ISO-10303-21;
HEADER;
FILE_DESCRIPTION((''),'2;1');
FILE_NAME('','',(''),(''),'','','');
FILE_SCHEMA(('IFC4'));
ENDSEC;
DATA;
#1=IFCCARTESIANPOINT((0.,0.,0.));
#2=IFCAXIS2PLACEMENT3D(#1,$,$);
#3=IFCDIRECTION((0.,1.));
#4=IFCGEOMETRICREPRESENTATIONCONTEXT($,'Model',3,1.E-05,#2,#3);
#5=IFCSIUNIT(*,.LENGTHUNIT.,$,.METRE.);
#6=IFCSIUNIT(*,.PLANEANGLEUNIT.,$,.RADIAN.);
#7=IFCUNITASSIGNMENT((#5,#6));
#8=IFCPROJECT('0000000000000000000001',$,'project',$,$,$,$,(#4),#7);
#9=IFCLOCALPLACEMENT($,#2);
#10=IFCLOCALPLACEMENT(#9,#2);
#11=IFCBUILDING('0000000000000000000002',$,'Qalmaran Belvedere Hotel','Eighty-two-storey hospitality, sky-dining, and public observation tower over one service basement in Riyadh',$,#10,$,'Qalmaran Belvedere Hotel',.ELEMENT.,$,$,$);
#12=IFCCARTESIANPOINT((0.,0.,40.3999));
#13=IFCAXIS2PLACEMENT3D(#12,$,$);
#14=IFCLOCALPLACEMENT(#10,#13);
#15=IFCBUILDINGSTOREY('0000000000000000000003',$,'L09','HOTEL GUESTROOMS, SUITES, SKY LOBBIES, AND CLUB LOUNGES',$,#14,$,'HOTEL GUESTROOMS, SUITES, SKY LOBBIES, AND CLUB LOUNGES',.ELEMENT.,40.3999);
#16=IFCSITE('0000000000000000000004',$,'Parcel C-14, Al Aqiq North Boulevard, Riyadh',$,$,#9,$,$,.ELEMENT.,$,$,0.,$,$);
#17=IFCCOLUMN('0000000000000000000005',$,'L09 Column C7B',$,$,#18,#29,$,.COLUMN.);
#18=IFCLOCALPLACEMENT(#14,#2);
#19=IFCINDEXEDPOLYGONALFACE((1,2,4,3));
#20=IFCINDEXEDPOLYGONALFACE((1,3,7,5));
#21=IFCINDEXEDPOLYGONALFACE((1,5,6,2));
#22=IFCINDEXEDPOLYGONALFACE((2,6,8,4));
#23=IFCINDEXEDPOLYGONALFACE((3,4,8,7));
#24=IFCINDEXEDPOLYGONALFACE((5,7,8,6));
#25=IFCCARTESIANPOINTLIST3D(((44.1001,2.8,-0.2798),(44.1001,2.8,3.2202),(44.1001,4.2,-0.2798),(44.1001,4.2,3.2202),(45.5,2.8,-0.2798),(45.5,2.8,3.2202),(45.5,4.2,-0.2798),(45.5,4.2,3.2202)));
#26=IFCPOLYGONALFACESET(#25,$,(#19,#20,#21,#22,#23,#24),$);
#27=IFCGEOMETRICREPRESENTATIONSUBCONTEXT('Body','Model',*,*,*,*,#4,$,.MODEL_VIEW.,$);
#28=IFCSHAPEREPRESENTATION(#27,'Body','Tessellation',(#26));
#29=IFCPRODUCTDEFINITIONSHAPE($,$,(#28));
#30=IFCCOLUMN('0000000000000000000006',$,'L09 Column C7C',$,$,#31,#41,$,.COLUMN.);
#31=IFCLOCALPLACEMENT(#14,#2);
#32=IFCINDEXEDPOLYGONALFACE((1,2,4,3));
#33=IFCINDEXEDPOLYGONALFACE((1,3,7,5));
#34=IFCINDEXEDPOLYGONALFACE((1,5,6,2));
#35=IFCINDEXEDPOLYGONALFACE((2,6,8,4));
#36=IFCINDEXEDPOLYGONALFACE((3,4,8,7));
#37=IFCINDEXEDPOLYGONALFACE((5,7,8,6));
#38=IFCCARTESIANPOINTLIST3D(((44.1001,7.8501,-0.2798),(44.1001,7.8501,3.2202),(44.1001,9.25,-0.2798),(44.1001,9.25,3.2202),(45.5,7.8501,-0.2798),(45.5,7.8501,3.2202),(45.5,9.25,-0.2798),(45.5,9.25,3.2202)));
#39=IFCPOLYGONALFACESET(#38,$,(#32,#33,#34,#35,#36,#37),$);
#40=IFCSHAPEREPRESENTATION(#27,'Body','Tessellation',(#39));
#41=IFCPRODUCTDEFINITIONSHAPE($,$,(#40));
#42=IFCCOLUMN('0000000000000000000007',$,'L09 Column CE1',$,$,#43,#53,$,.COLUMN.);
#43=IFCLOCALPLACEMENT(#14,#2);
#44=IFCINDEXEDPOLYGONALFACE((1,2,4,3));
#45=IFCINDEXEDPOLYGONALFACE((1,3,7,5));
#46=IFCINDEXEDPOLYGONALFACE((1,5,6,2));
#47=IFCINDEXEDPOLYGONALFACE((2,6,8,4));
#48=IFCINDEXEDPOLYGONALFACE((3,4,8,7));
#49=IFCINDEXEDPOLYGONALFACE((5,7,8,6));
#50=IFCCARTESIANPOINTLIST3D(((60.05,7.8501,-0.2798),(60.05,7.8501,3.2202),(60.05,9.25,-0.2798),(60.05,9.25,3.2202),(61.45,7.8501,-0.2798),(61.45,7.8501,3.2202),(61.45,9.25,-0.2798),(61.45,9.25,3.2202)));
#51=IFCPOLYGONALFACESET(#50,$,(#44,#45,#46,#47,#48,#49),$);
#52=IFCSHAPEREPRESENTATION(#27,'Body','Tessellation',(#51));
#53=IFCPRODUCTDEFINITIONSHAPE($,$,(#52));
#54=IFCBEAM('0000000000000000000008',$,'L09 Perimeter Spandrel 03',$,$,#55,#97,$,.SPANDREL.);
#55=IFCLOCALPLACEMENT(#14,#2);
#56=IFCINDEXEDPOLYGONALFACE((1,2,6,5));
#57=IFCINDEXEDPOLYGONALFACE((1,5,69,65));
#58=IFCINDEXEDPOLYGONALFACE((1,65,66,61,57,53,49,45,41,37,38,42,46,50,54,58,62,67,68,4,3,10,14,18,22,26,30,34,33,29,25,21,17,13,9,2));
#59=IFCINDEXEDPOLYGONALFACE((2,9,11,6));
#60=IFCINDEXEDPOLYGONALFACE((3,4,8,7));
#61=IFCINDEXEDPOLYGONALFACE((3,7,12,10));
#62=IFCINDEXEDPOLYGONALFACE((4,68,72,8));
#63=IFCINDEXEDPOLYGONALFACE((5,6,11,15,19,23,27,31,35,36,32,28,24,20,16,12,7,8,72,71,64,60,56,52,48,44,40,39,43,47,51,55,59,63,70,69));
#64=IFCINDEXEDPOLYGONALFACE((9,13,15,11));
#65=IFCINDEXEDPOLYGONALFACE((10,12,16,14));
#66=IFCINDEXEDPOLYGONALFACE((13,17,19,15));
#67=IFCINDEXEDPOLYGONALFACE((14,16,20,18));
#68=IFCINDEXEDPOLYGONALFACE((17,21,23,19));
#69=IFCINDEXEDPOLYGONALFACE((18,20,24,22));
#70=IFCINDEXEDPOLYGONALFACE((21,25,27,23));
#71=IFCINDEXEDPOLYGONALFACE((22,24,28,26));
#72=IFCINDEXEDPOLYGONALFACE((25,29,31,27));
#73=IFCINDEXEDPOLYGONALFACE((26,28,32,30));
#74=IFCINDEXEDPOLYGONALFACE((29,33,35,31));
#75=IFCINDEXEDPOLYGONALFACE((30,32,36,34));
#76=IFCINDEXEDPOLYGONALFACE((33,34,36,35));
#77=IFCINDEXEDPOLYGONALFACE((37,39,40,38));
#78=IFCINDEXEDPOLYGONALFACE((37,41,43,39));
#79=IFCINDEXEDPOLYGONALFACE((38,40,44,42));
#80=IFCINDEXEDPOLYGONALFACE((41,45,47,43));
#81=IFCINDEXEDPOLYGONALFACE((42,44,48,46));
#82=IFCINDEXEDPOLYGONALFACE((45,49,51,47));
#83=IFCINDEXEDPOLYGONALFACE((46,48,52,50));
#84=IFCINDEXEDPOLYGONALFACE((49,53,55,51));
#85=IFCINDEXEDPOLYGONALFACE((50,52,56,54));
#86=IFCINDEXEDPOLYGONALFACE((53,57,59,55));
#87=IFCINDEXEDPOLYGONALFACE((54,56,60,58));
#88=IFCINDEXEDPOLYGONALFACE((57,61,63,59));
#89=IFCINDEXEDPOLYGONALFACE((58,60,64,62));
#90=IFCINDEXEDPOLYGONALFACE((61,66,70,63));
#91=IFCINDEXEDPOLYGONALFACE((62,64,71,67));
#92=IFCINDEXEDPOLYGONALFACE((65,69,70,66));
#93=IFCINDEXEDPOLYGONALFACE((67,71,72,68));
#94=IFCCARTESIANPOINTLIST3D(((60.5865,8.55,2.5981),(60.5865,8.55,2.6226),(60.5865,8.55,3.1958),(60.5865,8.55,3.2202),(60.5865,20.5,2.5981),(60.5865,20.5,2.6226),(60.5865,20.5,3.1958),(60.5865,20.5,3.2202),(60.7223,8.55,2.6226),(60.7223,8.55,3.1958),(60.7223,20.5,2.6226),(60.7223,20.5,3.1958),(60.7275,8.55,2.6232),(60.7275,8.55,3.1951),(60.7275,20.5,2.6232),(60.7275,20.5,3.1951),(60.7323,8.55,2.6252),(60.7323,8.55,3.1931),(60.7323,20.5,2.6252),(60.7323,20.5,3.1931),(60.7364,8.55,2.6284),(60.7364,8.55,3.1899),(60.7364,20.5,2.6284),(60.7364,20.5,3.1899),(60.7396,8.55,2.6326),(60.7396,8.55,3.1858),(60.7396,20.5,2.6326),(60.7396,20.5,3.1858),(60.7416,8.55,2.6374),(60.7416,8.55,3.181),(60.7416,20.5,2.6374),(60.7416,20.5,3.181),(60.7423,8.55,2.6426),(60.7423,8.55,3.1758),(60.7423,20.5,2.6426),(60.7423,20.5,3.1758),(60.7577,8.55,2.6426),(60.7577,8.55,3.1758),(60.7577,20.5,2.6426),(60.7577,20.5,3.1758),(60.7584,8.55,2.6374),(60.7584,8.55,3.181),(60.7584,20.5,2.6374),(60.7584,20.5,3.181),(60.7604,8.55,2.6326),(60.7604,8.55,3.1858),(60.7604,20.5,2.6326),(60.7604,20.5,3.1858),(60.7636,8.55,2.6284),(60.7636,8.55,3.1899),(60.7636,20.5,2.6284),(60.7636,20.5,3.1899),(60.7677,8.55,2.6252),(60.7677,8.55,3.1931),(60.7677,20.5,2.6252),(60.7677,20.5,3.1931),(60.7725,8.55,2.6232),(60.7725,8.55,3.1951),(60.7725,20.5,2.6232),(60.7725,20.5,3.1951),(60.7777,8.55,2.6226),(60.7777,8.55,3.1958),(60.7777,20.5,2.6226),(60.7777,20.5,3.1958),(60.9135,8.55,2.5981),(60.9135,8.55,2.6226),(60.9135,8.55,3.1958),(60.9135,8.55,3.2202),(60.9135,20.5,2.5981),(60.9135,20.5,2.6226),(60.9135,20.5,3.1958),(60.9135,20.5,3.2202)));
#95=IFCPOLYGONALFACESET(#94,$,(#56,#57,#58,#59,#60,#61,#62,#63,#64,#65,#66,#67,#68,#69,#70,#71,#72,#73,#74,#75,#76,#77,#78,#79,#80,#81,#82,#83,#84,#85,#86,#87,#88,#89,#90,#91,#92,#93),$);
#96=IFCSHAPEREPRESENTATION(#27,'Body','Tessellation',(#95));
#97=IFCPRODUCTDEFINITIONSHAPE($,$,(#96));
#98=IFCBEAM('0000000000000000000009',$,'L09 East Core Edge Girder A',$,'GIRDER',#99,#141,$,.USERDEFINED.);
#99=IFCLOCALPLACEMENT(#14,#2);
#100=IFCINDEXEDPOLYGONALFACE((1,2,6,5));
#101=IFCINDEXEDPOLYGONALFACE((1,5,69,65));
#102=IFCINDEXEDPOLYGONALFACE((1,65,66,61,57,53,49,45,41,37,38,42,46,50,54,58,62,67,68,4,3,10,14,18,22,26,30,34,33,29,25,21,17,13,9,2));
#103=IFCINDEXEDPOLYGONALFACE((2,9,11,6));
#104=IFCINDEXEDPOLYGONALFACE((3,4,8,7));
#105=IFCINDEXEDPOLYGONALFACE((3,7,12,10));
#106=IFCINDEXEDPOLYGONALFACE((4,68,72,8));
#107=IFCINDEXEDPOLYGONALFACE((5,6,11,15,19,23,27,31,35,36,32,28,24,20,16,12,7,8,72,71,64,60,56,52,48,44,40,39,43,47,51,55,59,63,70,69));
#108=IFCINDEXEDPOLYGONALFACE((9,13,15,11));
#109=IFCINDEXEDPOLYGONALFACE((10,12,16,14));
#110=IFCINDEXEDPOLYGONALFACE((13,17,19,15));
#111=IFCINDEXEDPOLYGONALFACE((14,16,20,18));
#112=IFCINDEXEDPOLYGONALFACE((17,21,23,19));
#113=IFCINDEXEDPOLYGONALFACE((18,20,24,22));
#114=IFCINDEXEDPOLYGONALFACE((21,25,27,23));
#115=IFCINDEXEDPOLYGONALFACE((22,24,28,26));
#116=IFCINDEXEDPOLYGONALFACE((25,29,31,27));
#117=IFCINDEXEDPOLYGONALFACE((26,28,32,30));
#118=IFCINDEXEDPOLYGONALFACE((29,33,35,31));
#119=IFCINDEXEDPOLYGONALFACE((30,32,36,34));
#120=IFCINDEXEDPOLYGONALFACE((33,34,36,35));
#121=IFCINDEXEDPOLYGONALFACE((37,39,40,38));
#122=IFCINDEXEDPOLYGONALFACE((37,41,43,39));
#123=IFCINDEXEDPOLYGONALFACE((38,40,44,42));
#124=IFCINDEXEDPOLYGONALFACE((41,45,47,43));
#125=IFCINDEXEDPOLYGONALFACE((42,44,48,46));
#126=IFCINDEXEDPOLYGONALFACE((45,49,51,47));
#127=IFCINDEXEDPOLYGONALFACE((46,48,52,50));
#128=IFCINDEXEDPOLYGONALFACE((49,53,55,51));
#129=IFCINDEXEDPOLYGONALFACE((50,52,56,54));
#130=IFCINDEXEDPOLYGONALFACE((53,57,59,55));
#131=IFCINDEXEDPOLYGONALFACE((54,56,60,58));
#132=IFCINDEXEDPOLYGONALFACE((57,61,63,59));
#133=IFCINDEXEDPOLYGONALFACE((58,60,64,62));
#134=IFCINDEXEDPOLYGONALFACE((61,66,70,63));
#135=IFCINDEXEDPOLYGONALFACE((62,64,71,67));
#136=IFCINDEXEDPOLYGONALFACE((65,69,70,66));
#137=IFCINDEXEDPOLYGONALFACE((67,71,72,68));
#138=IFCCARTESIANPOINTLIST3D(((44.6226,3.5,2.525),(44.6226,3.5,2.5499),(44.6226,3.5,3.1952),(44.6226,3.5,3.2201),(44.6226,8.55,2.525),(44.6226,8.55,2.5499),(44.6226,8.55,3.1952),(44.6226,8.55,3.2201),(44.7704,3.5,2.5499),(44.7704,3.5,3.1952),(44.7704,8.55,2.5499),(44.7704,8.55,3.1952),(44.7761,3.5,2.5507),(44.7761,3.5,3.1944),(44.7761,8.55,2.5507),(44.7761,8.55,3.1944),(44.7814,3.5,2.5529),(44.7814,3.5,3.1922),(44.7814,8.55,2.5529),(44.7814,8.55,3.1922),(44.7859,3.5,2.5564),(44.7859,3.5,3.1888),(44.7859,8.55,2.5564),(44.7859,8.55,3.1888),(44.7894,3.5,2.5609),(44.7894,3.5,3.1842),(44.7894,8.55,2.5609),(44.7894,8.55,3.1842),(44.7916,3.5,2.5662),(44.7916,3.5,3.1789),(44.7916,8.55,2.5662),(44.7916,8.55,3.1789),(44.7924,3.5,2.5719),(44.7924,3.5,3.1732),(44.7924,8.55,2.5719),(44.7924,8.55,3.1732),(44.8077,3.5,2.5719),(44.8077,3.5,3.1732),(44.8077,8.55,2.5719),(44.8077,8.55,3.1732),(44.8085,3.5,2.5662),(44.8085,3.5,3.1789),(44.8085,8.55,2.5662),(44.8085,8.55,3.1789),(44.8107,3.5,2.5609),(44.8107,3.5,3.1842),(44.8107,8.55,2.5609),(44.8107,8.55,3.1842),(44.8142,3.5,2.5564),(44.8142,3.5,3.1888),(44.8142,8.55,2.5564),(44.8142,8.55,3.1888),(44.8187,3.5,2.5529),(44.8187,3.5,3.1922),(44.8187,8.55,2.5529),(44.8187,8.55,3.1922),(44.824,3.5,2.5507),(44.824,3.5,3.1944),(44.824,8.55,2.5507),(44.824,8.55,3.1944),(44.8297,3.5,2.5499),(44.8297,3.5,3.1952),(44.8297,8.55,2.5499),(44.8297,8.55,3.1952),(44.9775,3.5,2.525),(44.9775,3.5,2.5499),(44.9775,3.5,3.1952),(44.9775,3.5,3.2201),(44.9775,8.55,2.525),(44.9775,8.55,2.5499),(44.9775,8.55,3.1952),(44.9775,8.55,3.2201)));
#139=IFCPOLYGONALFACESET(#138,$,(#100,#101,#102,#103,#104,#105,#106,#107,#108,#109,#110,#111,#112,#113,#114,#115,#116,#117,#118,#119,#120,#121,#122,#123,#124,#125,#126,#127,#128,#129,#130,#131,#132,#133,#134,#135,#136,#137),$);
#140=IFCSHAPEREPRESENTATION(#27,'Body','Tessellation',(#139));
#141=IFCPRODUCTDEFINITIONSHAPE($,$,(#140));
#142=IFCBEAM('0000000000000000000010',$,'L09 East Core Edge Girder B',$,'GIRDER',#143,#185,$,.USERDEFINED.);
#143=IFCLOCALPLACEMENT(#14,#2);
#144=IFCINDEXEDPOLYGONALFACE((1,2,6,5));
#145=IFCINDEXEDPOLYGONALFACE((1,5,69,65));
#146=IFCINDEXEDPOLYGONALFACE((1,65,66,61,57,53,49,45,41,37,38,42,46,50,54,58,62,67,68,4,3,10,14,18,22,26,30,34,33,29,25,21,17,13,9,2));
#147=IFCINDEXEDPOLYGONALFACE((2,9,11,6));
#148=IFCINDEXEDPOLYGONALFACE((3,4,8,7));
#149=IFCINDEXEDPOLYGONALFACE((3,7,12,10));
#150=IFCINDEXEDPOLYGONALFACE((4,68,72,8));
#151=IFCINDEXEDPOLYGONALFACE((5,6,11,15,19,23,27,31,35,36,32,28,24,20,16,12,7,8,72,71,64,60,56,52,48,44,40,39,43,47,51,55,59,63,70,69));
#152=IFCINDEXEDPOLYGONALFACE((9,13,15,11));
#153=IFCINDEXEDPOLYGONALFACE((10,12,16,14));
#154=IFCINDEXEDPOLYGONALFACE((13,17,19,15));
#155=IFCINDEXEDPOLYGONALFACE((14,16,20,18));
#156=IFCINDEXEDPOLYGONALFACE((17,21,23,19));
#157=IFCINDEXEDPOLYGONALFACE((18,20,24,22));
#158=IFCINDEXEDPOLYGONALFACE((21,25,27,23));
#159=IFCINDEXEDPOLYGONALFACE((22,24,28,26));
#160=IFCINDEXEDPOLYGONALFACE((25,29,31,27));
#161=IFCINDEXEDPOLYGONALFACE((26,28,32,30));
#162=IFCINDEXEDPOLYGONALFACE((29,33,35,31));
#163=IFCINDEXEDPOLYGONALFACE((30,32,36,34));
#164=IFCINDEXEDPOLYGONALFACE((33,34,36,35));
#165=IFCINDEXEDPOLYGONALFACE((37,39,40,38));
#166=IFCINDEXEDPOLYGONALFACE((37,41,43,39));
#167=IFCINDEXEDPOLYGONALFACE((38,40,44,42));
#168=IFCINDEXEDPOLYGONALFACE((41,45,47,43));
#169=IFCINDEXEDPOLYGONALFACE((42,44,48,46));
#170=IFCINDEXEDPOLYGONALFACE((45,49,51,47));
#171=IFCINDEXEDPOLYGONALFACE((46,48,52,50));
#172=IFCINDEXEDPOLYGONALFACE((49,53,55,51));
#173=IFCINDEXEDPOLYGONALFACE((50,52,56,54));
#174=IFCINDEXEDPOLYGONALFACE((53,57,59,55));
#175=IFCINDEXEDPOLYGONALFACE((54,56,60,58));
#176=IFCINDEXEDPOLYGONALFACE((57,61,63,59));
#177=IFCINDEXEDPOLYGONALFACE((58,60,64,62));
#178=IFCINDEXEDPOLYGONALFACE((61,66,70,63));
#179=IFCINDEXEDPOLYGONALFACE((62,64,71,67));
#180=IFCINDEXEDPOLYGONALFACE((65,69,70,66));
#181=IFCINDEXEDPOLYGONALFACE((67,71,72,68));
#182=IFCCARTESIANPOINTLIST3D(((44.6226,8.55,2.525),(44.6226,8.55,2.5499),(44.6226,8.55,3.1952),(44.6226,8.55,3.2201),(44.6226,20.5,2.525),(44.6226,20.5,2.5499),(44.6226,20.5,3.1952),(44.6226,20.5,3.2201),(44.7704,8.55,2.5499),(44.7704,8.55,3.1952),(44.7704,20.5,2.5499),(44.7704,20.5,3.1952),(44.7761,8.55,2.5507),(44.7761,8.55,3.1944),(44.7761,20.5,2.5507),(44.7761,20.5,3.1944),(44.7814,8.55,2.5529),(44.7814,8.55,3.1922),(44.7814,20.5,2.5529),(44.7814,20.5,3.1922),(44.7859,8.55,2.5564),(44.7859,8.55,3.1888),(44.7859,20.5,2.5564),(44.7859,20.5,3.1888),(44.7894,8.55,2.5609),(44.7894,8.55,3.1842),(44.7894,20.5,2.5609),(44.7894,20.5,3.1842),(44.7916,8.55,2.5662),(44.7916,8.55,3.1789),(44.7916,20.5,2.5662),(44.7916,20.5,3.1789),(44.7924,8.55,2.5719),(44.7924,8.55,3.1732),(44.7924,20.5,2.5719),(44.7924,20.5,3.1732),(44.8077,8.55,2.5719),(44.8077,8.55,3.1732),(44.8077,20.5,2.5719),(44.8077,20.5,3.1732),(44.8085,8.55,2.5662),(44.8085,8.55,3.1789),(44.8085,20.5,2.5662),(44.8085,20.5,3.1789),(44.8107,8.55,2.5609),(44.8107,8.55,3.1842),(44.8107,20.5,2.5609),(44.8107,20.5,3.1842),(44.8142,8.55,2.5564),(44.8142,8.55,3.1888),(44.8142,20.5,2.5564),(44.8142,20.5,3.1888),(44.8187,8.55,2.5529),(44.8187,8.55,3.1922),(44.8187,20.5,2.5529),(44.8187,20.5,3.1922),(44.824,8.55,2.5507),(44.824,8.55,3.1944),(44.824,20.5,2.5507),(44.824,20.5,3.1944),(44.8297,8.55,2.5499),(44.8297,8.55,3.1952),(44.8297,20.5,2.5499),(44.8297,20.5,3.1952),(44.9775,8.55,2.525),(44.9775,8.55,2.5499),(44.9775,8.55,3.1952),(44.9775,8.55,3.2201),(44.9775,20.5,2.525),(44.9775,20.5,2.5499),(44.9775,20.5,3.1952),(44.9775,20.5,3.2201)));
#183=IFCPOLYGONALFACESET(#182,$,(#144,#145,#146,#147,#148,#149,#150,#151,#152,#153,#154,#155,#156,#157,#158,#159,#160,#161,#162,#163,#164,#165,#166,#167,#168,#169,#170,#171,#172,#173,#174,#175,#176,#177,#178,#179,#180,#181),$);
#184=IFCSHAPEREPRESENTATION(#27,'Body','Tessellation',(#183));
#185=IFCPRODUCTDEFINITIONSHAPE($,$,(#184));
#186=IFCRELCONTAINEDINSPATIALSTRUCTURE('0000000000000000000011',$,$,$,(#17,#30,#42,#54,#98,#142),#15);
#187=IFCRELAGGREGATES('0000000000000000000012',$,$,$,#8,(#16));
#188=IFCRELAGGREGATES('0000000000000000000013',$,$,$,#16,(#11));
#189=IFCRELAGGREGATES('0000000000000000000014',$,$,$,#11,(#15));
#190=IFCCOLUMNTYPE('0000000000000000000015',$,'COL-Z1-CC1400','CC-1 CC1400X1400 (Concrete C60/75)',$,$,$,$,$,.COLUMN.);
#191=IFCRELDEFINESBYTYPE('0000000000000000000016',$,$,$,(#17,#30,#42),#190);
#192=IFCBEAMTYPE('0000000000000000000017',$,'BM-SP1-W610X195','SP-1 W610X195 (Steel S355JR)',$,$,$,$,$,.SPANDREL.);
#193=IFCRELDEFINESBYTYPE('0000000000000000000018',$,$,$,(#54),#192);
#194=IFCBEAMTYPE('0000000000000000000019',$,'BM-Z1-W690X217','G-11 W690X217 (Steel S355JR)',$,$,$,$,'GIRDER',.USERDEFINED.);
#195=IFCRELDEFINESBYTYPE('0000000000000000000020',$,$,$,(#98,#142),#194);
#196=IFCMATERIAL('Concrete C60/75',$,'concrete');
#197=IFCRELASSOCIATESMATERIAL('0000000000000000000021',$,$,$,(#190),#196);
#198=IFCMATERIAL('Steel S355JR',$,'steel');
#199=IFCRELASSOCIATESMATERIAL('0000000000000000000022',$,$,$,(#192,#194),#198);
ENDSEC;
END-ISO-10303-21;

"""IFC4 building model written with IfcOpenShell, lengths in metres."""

from ifc_helpers import new_model, si_unit, direction, frame, origin, origin_2d, place, context, subcontext, project, spatial, rectangle, i_section, extrude, material, material_profile, profile_set, type_object, element, save


model = new_model("IFC4")

# Units and contexts
model_context = context("Model", 3, precision=1e-05, world=origin(), true_north=direction((0.0, 1.0)))
body_context = subcontext(model_context, "Body", "Model", "MODEL_VIEW")
ifc_project = project(units=[si_unit("LENGTHUNIT", "METRE"), si_unit("PLANEANGLEUNIT", "RADIAN")], contexts=[model_context])

# Site, building, storey
site_placement = place(None, origin())
site = spatial("IfcSite", under=ifc_project, at=site_placement, Name="Parcel C-14, Al Aqiq North Boulevard, Riyadh", CompositionType="ELEMENT", RefElevation=0.0)
building_placement = place(site_placement, origin())
building = spatial("IfcBuilding", under=site, at=building_placement, Name="Qalmaran Belvedere Hotel", Description="Eighty-two-storey hospitality, sky-dining, and public observation tower over one service basement in Riyadh", LongName="Qalmaran Belvedere Hotel", CompositionType="ELEMENT")
storey_placement = place(building_placement, frame((0.0, 0.0, 40.3999)))
storey = spatial("IfcBuildingStorey", under=building, at=storey_placement, Name="L09", Description="HOTEL GUESTROOMS, SUITES, SKY LOBBIES, AND CLUB LOUNGES", LongName="HOTEL GUESTROOMS, SUITES, SKY LOBBIES, AND CLUB LOUNGES", CompositionType="ELEMENT", Elevation=40.3999)

# Columns
ifc_material_1 = material(Name="Concrete C60/75", Category="concrete")
ifc_material_profile_1 = material_profile(ifc_material_1, rectangle(XDim=1.3999, YDim=1.3999, at=origin_2d()), Name="CC1400X1400")
ifc_profile_set_1 = profile_set([ifc_material_profile_1], Name="Concrete C60/75")
column_type = type_object("IfcColumnType", Name="COL-Z1-CC1400", Description="CC-1 CC1400X1400 (Concrete C60/75)", PredefinedType="COLUMN", material=ifc_profile_set_1)
for number, where, z_axis, x_axis, name in (
    (1, (44.8, 3.5, -0.2798), (0.0, 0.0, 1.0), (1.0, 0.0, 0.0), "L09 Column C7B"),
    (2, (44.8, 8.55, -0.2798), (0.0, 0.0, 1.0), (1.0, 0.0, 0.0), "L09 Column C7C"),
    (3, (60.75, 8.55, -0.2798), (0.0, 0.0, 1.0), (1.0, 0.0, 0.0), "L09 Column CE1"),
):
    element("IfcColumn", number, at=place(storey_placement, frame(where, z_axis=z_axis, x_axis=x_axis)), inside=storey, type_object=column_type, Name=name, PredefinedType="COLUMN", context=body_context, shape_type="SweptSolid", body=[
        extrude(rectangle(XDim=1.3999, YDim=1.3999, at=origin_2d()), origin(), (0.0, 0.0, 1.0), 3.5),
    ])

# Beams
ifc_material_2 = material(Name="Steel S355JR", Category="steel")
ifc_material_profile_2 = material_profile(ifc_material_2, i_section(OverallWidth=0.3269, OverallDepth=0.6221, WebThickness=0.0154, FlangeThickness=0.0244, FilletRadius=0.02, at=origin_2d()), Name="W610X195")
ifc_profile_set_2 = profile_set([ifc_material_profile_2], Name="Steel S355JR")
beam_type_1 = type_object("IfcBeamType", Name="BM-SP1-W610X195", Description="SP-1 W610X195 (Steel S355JR)", PredefinedType="SPANDREL", material=ifc_profile_set_2)
beam_1_placement = place(storey_placement, frame((60.75, 8.55, 2.9092), z_axis=(0.0, 1.0, 0.0), x_axis=(-1.0, 0.0, 0.0)))
element("IfcBeam", 4, at=beam_1_placement, inside=storey, type_object=beam_type_1, Name="L09 Perimeter Spandrel 03", PredefinedType="SPANDREL", context=body_context, shape_type="SweptSolid", body=[
    extrude(i_section(OverallWidth=0.3269, OverallDepth=0.6221, WebThickness=0.0154, FlangeThickness=0.0244, FilletRadius=0.02, at=origin_2d()), origin(), (0.0, 0.0, 1.0), 11.95),
])
ifc_material_profile_3 = material_profile(ifc_material_2, i_section(OverallWidth=0.355, OverallDepth=0.6951, WebThickness=0.0154, FlangeThickness=0.0249, FilletRadius=0.022, at=origin_2d()), Name="W690X217")
ifc_profile_set_3 = profile_set([ifc_material_profile_3], Name="Steel S355JR")
beam_type_2 = type_object("IfcBeamType", Name="BM-Z1-W690X217", Description="G-11 W690X217 (Steel S355JR)", ElementType="GIRDER", PredefinedType="USERDEFINED", material=ifc_profile_set_3)
beam_2_placement = place(storey_placement, frame((44.8, 3.5, 2.8726), z_axis=(0.0, 1.0, 0.0), x_axis=(-1.0, 0.0, 0.0)))
element("IfcBeam", 5, at=beam_2_placement, inside=storey, type_object=beam_type_2, Name="L09 East Core Edge Girder A", ObjectType="GIRDER", PredefinedType="USERDEFINED", context=body_context, shape_type="SweptSolid", body=[
    extrude(i_section(OverallWidth=0.355, OverallDepth=0.6951, WebThickness=0.0154, FlangeThickness=0.0249, FilletRadius=0.022, at=origin_2d()), origin(), (0.0, 0.0, 1.0), 5.05),
])
beam_3_placement = place(storey_placement, frame((44.8, 8.55, 2.8726), z_axis=(0.0, 1.0, 0.0), x_axis=(-1.0, 0.0, 0.0)))
element("IfcBeam", 6, at=beam_3_placement, inside=storey, type_object=beam_type_2, Name="L09 East Core Edge Girder B", ObjectType="GIRDER", PredefinedType="USERDEFINED", context=body_context, shape_type="SweptSolid", body=[
    extrude(i_section(OverallWidth=0.355, OverallDepth=0.6951, WebThickness=0.0154, FlangeThickness=0.0249, FilletRadius=0.022, at=origin_2d()), origin(), (0.0, 0.0, 1.0), 11.95),
])

save(model, "model.ifc")
